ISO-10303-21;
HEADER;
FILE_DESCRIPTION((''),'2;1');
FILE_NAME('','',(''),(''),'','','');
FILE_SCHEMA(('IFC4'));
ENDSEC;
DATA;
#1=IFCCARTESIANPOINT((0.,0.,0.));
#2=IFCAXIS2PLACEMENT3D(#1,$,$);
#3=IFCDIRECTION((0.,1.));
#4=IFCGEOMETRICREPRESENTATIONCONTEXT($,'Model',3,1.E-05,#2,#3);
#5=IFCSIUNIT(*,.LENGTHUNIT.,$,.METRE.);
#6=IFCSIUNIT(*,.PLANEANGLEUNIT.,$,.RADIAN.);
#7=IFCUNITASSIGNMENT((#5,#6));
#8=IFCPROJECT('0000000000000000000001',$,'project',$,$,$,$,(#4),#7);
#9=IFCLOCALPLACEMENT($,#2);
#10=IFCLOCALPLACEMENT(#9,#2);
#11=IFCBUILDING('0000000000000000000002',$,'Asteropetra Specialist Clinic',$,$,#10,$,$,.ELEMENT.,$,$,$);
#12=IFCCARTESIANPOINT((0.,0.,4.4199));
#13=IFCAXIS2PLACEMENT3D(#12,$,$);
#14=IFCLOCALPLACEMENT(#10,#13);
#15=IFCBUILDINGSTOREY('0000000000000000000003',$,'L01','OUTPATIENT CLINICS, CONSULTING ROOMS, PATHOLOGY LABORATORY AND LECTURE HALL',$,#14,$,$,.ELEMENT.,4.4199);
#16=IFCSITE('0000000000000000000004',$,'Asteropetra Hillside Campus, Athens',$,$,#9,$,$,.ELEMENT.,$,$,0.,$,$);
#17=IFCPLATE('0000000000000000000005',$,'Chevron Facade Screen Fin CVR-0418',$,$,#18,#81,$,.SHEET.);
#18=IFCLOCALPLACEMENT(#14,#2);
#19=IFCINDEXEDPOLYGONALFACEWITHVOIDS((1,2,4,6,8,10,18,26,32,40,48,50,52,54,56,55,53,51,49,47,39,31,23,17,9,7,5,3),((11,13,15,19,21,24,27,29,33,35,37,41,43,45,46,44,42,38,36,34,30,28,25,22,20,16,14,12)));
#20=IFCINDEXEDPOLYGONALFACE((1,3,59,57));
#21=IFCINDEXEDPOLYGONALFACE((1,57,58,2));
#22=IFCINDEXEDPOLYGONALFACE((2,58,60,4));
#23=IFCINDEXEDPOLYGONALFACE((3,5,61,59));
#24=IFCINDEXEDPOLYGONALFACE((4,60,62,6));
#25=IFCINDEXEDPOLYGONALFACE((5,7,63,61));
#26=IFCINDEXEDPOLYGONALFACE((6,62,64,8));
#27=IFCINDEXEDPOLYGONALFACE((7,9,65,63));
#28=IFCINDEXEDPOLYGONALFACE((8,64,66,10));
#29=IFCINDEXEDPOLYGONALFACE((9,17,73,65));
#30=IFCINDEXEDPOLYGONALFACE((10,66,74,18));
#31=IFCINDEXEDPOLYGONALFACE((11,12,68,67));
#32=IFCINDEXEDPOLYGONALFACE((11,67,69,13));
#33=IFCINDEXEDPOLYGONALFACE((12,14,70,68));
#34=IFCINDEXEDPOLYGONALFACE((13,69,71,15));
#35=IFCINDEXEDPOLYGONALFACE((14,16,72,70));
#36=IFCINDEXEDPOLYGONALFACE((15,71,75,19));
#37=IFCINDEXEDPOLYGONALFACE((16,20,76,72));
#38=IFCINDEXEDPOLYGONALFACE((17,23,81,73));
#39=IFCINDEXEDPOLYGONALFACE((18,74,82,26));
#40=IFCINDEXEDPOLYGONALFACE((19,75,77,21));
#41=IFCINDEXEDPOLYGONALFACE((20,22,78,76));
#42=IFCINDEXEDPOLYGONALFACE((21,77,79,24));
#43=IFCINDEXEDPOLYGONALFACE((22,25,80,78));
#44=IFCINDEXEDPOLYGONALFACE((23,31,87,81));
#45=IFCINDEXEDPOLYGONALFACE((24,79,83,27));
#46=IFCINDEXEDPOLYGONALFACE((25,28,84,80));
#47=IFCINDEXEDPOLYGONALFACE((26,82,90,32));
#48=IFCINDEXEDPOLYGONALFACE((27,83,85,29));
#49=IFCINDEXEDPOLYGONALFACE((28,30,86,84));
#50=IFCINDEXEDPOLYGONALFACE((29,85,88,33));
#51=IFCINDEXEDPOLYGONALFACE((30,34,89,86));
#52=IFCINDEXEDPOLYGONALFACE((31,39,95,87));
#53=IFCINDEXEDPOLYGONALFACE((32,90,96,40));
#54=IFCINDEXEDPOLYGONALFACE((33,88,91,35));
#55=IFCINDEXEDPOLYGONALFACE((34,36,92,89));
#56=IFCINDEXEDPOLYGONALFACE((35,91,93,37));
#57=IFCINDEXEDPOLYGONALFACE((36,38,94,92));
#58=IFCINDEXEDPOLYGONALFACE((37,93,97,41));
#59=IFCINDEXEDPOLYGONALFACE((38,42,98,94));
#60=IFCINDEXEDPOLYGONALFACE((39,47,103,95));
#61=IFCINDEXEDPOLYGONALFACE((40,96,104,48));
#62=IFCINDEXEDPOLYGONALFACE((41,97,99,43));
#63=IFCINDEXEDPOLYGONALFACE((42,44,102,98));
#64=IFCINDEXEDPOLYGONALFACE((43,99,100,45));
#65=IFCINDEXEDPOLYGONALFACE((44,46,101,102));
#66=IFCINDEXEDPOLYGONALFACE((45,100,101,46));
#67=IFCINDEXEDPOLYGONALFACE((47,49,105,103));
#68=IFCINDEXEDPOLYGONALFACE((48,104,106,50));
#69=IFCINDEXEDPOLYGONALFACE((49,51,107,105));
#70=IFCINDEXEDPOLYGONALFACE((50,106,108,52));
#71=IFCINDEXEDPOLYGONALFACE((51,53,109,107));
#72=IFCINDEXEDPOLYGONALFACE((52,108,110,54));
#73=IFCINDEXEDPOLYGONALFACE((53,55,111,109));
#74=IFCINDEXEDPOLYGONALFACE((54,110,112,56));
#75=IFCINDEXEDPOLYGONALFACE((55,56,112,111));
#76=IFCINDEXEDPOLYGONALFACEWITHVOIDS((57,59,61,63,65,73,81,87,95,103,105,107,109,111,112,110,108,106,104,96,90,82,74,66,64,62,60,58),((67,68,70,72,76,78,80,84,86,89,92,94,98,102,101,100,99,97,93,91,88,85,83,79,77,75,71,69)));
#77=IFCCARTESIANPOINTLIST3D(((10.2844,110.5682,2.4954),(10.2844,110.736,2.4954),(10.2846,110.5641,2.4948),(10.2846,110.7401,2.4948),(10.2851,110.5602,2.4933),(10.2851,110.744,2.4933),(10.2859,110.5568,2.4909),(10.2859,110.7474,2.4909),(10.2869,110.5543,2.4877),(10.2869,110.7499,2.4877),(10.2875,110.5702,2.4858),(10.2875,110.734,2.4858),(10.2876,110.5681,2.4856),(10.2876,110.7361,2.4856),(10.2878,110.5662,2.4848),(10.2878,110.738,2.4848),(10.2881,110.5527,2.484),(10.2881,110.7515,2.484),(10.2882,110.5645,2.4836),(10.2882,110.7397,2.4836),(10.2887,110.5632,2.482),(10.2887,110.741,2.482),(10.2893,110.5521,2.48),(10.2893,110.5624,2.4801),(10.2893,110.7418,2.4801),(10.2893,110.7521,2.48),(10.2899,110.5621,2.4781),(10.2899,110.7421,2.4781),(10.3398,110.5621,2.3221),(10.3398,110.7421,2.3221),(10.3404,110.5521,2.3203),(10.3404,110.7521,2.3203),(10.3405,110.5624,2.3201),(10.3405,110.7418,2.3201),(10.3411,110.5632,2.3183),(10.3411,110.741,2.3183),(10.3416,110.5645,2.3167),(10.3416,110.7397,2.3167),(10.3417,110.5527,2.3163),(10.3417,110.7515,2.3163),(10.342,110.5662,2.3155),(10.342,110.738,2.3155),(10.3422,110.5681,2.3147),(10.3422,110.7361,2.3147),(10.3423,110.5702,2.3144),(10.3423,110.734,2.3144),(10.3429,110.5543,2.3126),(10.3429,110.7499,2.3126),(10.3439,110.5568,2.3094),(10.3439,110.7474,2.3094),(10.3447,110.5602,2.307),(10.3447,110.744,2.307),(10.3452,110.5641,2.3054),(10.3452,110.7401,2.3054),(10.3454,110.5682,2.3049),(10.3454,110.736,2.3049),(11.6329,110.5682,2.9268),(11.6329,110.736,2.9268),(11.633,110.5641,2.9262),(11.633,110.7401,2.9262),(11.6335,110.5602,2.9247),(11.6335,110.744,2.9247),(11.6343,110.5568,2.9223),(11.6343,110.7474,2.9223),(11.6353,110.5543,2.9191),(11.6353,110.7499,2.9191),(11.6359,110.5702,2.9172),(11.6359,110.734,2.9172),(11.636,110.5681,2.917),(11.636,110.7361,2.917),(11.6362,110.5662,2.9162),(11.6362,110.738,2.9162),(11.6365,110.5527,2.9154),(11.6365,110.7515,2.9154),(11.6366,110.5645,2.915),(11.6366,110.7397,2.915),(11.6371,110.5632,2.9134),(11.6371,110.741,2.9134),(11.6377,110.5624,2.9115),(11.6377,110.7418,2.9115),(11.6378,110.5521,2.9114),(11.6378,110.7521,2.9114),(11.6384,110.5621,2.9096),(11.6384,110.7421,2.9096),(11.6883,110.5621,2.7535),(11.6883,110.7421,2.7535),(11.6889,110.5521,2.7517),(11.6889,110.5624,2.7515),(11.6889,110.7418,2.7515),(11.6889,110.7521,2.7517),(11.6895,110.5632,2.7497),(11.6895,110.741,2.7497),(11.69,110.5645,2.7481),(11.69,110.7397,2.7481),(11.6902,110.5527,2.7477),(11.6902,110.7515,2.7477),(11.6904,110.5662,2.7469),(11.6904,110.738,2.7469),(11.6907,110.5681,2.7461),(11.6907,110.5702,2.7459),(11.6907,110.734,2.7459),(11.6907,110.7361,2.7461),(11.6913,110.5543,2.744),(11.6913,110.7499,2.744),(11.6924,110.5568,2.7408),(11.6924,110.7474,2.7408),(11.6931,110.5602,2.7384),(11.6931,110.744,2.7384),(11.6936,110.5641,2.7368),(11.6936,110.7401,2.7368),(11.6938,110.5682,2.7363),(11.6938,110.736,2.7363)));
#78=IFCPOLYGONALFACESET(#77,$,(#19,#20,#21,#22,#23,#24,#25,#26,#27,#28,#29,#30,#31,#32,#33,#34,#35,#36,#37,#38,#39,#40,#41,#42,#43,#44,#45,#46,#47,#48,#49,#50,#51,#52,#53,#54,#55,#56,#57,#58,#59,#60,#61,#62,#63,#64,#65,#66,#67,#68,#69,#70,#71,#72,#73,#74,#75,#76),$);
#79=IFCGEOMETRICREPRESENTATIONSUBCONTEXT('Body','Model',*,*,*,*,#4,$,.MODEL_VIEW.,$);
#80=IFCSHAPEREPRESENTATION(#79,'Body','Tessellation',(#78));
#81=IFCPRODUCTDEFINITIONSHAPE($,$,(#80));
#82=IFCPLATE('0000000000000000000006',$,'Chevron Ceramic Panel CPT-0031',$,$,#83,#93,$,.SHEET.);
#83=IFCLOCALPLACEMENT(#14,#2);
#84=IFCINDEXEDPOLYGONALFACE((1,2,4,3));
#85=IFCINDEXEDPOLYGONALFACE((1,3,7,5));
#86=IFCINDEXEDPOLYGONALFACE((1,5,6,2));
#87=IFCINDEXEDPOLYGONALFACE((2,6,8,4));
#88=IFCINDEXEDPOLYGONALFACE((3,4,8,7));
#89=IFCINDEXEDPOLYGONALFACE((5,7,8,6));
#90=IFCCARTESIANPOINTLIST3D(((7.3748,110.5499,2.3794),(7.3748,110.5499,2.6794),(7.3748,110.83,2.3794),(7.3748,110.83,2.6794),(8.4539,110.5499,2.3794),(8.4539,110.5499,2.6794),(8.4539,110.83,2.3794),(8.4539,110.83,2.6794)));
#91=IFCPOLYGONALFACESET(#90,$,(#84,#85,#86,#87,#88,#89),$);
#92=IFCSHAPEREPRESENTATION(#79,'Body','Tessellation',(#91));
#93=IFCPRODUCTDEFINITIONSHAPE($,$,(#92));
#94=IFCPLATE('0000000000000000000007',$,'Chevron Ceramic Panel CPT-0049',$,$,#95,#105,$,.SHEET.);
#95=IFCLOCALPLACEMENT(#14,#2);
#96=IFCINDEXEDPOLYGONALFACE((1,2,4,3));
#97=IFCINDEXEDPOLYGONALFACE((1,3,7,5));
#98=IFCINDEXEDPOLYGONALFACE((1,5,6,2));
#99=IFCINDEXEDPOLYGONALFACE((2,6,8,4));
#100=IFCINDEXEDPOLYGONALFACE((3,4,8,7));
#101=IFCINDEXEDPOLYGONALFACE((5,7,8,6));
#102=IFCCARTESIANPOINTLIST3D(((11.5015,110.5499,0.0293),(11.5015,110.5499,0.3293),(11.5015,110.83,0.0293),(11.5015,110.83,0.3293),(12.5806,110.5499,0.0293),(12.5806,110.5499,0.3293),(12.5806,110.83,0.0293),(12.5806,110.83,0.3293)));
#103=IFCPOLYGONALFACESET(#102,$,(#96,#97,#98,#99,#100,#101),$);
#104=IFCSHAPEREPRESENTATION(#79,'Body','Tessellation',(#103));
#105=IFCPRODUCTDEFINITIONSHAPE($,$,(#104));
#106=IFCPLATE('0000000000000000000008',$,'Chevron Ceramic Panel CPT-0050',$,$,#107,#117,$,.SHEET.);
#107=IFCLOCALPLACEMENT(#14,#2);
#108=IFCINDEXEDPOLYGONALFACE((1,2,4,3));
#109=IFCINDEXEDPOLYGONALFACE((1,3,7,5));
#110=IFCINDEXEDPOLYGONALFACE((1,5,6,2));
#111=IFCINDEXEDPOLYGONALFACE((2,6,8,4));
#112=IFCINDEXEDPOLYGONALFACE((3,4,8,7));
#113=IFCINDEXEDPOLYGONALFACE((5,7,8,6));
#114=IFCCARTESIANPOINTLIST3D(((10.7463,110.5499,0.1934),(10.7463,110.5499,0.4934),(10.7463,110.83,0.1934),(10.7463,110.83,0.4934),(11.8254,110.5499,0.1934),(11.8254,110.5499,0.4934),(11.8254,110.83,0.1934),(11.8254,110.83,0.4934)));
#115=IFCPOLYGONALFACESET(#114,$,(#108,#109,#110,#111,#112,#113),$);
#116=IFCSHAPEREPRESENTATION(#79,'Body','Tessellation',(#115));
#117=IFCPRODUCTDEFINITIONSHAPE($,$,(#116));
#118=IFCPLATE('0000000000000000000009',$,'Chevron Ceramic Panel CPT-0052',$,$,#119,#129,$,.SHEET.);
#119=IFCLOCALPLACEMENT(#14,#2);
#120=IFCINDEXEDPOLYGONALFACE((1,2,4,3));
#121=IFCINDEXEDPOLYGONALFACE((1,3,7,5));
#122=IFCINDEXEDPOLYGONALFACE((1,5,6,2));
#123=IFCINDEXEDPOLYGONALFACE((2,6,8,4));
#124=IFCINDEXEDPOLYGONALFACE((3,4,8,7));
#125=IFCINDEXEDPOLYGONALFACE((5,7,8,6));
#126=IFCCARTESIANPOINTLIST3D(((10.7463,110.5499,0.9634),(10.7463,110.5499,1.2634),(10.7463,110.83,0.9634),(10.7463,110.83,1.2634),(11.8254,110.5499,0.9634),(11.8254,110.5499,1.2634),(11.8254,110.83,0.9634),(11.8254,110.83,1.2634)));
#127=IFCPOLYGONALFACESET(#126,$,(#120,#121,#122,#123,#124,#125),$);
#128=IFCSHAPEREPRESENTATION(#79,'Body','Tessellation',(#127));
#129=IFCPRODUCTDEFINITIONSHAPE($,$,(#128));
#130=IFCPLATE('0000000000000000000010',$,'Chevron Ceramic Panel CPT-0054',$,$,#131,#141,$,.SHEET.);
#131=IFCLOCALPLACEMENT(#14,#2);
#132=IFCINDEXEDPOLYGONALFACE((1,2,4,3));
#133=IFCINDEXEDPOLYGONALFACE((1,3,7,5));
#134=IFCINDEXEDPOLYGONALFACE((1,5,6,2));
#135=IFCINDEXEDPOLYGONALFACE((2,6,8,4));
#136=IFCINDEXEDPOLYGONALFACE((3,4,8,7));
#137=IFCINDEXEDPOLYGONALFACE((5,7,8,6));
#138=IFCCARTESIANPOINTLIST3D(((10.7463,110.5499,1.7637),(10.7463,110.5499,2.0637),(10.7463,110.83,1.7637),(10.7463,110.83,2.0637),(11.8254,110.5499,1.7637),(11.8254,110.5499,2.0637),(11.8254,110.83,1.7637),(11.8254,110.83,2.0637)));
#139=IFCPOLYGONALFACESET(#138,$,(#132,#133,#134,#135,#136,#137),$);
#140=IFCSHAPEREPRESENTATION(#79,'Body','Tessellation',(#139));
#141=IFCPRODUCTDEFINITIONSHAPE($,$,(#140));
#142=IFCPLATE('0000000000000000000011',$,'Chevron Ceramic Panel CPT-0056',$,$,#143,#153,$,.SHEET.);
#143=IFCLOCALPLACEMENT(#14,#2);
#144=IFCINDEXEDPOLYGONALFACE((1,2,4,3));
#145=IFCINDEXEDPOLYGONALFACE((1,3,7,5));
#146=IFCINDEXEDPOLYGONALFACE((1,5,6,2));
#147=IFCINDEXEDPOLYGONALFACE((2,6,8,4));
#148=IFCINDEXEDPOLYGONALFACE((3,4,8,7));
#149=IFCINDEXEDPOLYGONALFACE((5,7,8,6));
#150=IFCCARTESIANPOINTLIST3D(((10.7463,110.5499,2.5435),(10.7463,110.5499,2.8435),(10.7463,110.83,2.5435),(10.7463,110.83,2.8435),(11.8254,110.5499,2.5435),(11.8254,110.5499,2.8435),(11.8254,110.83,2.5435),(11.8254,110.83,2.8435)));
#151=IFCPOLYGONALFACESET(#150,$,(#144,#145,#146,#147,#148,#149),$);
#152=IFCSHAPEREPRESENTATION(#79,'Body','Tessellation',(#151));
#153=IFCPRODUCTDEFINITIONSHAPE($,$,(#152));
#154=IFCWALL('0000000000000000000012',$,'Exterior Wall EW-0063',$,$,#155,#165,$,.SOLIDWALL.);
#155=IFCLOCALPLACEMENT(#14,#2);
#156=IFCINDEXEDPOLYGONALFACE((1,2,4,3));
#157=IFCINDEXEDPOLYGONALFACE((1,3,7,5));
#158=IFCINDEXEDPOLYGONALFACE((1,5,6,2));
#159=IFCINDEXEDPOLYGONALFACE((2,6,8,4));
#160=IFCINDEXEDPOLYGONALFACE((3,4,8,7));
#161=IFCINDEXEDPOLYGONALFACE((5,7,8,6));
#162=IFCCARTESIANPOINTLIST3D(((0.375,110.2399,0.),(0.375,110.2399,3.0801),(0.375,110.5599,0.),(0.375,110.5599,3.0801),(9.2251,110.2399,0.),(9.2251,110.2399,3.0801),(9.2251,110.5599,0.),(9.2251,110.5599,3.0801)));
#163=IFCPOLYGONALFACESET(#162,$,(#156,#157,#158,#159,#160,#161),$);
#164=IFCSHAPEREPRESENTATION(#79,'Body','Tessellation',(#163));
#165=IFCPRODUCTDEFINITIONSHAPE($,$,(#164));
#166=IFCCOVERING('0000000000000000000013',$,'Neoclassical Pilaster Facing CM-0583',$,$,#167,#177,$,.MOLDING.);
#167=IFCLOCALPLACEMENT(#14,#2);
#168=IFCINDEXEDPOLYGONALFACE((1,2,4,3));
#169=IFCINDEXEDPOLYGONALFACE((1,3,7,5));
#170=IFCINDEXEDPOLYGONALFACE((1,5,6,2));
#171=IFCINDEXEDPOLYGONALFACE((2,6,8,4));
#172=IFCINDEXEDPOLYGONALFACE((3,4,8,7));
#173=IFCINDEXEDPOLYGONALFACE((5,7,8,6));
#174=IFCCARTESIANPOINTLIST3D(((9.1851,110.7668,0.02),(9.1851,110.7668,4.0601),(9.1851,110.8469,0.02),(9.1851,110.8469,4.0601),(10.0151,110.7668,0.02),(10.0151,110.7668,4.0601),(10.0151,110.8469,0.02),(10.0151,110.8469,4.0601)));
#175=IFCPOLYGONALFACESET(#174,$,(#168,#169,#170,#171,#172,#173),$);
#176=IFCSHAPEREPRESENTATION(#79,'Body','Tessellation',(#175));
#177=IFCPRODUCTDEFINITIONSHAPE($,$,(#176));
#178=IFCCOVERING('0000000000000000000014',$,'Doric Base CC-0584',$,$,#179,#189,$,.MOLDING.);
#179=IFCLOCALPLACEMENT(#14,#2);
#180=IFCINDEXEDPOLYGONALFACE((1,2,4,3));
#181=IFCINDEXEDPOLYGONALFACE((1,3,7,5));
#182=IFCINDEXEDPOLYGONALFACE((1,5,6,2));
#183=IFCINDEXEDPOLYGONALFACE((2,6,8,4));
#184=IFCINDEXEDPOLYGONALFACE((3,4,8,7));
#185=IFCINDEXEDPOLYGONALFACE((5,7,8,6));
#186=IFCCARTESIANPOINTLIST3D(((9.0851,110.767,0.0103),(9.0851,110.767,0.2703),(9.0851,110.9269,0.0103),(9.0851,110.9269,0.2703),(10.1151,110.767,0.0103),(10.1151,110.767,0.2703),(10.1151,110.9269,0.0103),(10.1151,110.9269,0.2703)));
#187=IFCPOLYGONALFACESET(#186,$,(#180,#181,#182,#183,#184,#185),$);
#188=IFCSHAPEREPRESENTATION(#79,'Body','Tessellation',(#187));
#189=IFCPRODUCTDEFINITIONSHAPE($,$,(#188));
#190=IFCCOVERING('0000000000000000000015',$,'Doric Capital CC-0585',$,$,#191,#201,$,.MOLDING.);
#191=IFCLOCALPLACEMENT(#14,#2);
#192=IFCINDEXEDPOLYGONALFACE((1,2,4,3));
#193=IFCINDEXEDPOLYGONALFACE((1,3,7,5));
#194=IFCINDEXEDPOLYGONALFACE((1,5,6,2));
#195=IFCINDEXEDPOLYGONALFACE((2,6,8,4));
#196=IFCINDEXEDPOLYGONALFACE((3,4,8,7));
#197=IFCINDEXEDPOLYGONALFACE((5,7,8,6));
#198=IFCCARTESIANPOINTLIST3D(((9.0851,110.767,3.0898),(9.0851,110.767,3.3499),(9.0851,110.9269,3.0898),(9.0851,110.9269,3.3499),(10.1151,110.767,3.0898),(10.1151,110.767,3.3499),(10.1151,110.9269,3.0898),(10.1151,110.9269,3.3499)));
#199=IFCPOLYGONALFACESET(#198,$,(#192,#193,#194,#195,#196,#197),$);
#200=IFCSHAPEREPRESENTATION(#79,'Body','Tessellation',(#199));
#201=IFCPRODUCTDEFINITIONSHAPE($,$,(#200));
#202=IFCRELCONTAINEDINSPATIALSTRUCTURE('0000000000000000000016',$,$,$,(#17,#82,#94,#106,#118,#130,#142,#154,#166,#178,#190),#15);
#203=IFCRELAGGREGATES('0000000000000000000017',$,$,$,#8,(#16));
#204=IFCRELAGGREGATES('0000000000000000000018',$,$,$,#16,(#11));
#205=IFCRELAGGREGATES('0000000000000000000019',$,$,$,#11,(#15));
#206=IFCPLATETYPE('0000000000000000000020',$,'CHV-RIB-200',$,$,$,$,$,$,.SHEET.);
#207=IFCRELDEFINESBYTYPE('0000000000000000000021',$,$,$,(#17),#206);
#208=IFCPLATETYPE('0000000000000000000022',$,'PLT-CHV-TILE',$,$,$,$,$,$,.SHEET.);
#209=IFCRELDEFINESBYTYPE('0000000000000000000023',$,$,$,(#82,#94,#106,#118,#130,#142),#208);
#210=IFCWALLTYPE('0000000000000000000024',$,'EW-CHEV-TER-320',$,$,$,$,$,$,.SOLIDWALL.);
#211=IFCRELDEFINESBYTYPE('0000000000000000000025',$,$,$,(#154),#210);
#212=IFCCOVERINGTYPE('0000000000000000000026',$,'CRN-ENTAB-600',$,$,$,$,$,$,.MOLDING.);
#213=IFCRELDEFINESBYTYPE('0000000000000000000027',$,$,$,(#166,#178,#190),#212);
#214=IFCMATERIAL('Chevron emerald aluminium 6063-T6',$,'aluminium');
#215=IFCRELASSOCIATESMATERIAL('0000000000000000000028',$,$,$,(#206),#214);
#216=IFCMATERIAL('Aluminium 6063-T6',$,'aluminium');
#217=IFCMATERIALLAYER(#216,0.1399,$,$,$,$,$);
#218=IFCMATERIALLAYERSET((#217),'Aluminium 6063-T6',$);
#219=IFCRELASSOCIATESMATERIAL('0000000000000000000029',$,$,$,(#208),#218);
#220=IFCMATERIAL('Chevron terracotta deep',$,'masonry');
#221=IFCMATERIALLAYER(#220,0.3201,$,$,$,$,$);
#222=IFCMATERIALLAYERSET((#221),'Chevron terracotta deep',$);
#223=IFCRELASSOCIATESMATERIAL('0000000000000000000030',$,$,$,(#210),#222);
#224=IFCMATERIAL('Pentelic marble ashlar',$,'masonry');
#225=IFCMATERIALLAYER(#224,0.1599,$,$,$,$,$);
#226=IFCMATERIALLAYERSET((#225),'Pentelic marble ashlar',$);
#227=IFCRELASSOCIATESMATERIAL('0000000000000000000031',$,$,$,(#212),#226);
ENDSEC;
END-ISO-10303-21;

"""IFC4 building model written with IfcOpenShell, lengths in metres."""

from ifc_helpers import new_model, si_unit, direction, frame, frame_2d, origin, origin_2d, place, context, subcontext, project, spatial, rectangle, hollow_rectangle, extrude, material, layer, layer_set, material_profile, profile_set, type_object, element, save


model = new_model("IFC4")

# Units and contexts
model_context = context("Model", 3, precision=1e-05, world=origin(), true_north=direction((0.0, 1.0)))
body_context = subcontext(model_context, "Body", "Model", "MODEL_VIEW")
ifc_project = project(units=[si_unit("LENGTHUNIT", "METRE"), si_unit("PLANEANGLEUNIT", "RADIAN")], contexts=[model_context])

# Site, building, storey
site_placement = place(None, origin())
site = spatial("IfcSite", under=ifc_project, at=site_placement, Name="Asteropetra Hillside Campus, Athens", CompositionType="ELEMENT", RefElevation=0.0)
building_placement = place(site_placement, origin())
building = spatial("IfcBuilding", under=site, at=building_placement, Name="Asteropetra Specialist Clinic", CompositionType="ELEMENT")
storey_placement = place(building_placement, frame((0.0, 0.0, 4.4199)))
storey = spatial("IfcBuildingStorey", under=building, at=storey_placement, Name="L01", Description="OUTPATIENT CLINICS, CONSULTING ROOMS, PATHOLOGY LABORATORY AND LECTURE HALL", CompositionType="ELEMENT", Elevation=4.4199)

# Plates
ifc_material_1 = material(Name="Chevron emerald aluminium 6063-T6", Category="aluminium")
ifc_material_profile_1 = material_profile(ifc_material_1, hollow_rectangle(XDim=0.2, YDim=0.2, WallThickness=0.01, InnerFilletRadius=0.0081, OuterFilletRadius=0.0161, at=origin_2d()), Name="SHS 200x200x10.0")
ifc_profile_set_1 = profile_set([ifc_material_profile_1], Name="Chevron emerald aluminium 6063-T6")
plate_type_1 = type_object("IfcPlateType", Name="CHV-RIB-200", PredefinedType="SHEET", material=ifc_profile_set_1)
for number, where, z_axis, x_axis, name in (
    (1, (11.6633, 110.6521, 2.8315), (-0.952442, 0.0, -0.304719), (0.0, -1.0, 0.0), "Chevron Facade Screen Fin CVR-0418"),
):
    element("IfcPlate", number, at=place(storey_placement, frame(where, z_axis=z_axis, x_axis=x_axis)), inside=storey, type_object=plate_type_1, Name=name, PredefinedType="SHEET", context=body_context, shape_type="SweptSolid", body=[
        extrude(hollow_rectangle(XDim=0.2, YDim=0.2, WallThickness=0.01, InnerFilletRadius=0.0081, OuterFilletRadius=0.0161, at=origin_2d()), origin(), (0.0, 0.0, 1.0), 1.4158),
    ])
ifc_material_2 = material(Name="Aluminium 6063-T6", Category="aluminium")
ifc_layer_1 = layer(ifc_material_2, 0.1399)
ifc_layer_set_1 = layer_set([ifc_layer_1], Name="Aluminium 6063-T6")
plate_type_2 = type_object("IfcPlateType", Name="PLT-CHV-TILE", PredefinedType="SHEET", material=ifc_layer_set_1)
for number, where, z_axis, x_axis, name in (
    (2, (7.9143, 110.6899, 2.3794), (0.0, 0.0, 1.0), (1.0, 0.0, 0.0), "Chevron Ceramic Panel CPT-0031"),
    (3, (12.041, 110.6899, 0.0293), (0.0, 0.0, 1.0), (1.0, 0.0, 0.0), "Chevron Ceramic Panel CPT-0049"),
    (4, (11.2859, 110.6899, 0.1934), (0.0, 0.0, 1.0), (1.0, 0.0, 0.0), "Chevron Ceramic Panel CPT-0050"),
    (5, (11.2859, 110.6899, 0.9634), (0.0, 0.0, 1.0), (1.0, 0.0, 0.0), "Chevron Ceramic Panel CPT-0052"),
    (6, (11.2859, 110.6899, 1.7637), (0.0, 0.0, 1.0), (1.0, 0.0, 0.0), "Chevron Ceramic Panel CPT-0054"),
    (7, (11.2859, 110.6899, 2.5435), (0.0, 0.0, 1.0), (1.0, 0.0, 0.0), "Chevron Ceramic Panel CPT-0056"),
):
    element("IfcPlate", number, at=place(storey_placement, frame(where, z_axis=z_axis, x_axis=x_axis)), inside=storey, type_object=plate_type_2, Name=name, PredefinedType="SHEET", context=body_context, shape_type="SweptSolid", body=[
        extrude(rectangle(XDim=1.0791, YDim=0.28, at=origin_2d()), origin(), (0.0, 0.0, 1.0), 0.3),
    ])

# Wall
ifc_material_3 = material(Name="Chevron terracotta deep", Category="masonry")
ifc_layer_2 = layer(ifc_material_3, 0.3201)
ifc_layer_set_2 = layer_set([ifc_layer_2], Name="Chevron terracotta deep")
wall_type = type_object("IfcWallType", Name="EW-CHEV-TER-320", PredefinedType="SOLIDWALL", material=ifc_layer_set_2)
wall_placement = place(storey_placement, frame((9.2251, 110.3999, 0.0), z_axis=(0.0, 0.0, 1.0), x_axis=(-1.0, 0.0, 0.0)))
element("IfcWall", 8, at=wall_placement, inside=storey, type_object=wall_type, Name="Exterior Wall EW-0063", PredefinedType="SOLIDWALL", context=body_context, shape_type="SweptSolid", body=[
    extrude(rectangle(XDim=8.8501, YDim=0.3201, at=frame_2d((4.425, 0.0))), origin(), (0.0, 0.0, 1.0), 3.0801),
])

# Coverings
ifc_material_4 = material(Name="Pentelic marble ashlar", Category="masonry")
ifc_layer_3 = layer(ifc_material_4, 0.1599)
ifc_layer_set_3 = layer_set([ifc_layer_3], Name="Pentelic marble ashlar")
covering_type = type_object("IfcCoveringType", Name="CRN-ENTAB-600", PredefinedType="MOLDING", material=ifc_layer_set_3)
covering_placement = place(storey_placement, frame((9.6001, 110.8069, 0.02), z_axis=(0.0, 0.0, 1.0), x_axis=(1.0, 0.0, 0.0)))
element("IfcCovering", 9, at=covering_placement, inside=storey, type_object=covering_type, Name="Neoclassical Pilaster Facing CM-0583", PredefinedType="MOLDING", context=body_context, shape_type="SweptSolid", body=[
    extrude(rectangle(XDim=0.8301, YDim=0.0801, at=origin_2d()), origin(), (0.0, 0.0, 1.0), 4.04),
])
for number, where, z_axis, x_axis, name in (
    (10, (9.6001, 110.8469, 0.0103), (0.0, 0.0, 1.0), (1.0, 0.0, 0.0), "Doric Base CC-0584"),
    (11, (9.6001, 110.8469, 3.0898), (0.0, 0.0, 1.0), (1.0, 0.0, 0.0), "Doric Capital CC-0585"),
):
    element("IfcCovering", number, at=place(storey_placement, frame(where, z_axis=z_axis, x_axis=x_axis)), inside=storey, type_object=covering_type, Name=name, PredefinedType="MOLDING", context=body_context, shape_type="SweptSolid", body=[
        extrude(rectangle(XDim=1.03, YDim=0.1599, at=origin_2d()), origin(), (0.0, 0.0, 1.0), 0.26),
    ])

save(model, "model.ifc")
